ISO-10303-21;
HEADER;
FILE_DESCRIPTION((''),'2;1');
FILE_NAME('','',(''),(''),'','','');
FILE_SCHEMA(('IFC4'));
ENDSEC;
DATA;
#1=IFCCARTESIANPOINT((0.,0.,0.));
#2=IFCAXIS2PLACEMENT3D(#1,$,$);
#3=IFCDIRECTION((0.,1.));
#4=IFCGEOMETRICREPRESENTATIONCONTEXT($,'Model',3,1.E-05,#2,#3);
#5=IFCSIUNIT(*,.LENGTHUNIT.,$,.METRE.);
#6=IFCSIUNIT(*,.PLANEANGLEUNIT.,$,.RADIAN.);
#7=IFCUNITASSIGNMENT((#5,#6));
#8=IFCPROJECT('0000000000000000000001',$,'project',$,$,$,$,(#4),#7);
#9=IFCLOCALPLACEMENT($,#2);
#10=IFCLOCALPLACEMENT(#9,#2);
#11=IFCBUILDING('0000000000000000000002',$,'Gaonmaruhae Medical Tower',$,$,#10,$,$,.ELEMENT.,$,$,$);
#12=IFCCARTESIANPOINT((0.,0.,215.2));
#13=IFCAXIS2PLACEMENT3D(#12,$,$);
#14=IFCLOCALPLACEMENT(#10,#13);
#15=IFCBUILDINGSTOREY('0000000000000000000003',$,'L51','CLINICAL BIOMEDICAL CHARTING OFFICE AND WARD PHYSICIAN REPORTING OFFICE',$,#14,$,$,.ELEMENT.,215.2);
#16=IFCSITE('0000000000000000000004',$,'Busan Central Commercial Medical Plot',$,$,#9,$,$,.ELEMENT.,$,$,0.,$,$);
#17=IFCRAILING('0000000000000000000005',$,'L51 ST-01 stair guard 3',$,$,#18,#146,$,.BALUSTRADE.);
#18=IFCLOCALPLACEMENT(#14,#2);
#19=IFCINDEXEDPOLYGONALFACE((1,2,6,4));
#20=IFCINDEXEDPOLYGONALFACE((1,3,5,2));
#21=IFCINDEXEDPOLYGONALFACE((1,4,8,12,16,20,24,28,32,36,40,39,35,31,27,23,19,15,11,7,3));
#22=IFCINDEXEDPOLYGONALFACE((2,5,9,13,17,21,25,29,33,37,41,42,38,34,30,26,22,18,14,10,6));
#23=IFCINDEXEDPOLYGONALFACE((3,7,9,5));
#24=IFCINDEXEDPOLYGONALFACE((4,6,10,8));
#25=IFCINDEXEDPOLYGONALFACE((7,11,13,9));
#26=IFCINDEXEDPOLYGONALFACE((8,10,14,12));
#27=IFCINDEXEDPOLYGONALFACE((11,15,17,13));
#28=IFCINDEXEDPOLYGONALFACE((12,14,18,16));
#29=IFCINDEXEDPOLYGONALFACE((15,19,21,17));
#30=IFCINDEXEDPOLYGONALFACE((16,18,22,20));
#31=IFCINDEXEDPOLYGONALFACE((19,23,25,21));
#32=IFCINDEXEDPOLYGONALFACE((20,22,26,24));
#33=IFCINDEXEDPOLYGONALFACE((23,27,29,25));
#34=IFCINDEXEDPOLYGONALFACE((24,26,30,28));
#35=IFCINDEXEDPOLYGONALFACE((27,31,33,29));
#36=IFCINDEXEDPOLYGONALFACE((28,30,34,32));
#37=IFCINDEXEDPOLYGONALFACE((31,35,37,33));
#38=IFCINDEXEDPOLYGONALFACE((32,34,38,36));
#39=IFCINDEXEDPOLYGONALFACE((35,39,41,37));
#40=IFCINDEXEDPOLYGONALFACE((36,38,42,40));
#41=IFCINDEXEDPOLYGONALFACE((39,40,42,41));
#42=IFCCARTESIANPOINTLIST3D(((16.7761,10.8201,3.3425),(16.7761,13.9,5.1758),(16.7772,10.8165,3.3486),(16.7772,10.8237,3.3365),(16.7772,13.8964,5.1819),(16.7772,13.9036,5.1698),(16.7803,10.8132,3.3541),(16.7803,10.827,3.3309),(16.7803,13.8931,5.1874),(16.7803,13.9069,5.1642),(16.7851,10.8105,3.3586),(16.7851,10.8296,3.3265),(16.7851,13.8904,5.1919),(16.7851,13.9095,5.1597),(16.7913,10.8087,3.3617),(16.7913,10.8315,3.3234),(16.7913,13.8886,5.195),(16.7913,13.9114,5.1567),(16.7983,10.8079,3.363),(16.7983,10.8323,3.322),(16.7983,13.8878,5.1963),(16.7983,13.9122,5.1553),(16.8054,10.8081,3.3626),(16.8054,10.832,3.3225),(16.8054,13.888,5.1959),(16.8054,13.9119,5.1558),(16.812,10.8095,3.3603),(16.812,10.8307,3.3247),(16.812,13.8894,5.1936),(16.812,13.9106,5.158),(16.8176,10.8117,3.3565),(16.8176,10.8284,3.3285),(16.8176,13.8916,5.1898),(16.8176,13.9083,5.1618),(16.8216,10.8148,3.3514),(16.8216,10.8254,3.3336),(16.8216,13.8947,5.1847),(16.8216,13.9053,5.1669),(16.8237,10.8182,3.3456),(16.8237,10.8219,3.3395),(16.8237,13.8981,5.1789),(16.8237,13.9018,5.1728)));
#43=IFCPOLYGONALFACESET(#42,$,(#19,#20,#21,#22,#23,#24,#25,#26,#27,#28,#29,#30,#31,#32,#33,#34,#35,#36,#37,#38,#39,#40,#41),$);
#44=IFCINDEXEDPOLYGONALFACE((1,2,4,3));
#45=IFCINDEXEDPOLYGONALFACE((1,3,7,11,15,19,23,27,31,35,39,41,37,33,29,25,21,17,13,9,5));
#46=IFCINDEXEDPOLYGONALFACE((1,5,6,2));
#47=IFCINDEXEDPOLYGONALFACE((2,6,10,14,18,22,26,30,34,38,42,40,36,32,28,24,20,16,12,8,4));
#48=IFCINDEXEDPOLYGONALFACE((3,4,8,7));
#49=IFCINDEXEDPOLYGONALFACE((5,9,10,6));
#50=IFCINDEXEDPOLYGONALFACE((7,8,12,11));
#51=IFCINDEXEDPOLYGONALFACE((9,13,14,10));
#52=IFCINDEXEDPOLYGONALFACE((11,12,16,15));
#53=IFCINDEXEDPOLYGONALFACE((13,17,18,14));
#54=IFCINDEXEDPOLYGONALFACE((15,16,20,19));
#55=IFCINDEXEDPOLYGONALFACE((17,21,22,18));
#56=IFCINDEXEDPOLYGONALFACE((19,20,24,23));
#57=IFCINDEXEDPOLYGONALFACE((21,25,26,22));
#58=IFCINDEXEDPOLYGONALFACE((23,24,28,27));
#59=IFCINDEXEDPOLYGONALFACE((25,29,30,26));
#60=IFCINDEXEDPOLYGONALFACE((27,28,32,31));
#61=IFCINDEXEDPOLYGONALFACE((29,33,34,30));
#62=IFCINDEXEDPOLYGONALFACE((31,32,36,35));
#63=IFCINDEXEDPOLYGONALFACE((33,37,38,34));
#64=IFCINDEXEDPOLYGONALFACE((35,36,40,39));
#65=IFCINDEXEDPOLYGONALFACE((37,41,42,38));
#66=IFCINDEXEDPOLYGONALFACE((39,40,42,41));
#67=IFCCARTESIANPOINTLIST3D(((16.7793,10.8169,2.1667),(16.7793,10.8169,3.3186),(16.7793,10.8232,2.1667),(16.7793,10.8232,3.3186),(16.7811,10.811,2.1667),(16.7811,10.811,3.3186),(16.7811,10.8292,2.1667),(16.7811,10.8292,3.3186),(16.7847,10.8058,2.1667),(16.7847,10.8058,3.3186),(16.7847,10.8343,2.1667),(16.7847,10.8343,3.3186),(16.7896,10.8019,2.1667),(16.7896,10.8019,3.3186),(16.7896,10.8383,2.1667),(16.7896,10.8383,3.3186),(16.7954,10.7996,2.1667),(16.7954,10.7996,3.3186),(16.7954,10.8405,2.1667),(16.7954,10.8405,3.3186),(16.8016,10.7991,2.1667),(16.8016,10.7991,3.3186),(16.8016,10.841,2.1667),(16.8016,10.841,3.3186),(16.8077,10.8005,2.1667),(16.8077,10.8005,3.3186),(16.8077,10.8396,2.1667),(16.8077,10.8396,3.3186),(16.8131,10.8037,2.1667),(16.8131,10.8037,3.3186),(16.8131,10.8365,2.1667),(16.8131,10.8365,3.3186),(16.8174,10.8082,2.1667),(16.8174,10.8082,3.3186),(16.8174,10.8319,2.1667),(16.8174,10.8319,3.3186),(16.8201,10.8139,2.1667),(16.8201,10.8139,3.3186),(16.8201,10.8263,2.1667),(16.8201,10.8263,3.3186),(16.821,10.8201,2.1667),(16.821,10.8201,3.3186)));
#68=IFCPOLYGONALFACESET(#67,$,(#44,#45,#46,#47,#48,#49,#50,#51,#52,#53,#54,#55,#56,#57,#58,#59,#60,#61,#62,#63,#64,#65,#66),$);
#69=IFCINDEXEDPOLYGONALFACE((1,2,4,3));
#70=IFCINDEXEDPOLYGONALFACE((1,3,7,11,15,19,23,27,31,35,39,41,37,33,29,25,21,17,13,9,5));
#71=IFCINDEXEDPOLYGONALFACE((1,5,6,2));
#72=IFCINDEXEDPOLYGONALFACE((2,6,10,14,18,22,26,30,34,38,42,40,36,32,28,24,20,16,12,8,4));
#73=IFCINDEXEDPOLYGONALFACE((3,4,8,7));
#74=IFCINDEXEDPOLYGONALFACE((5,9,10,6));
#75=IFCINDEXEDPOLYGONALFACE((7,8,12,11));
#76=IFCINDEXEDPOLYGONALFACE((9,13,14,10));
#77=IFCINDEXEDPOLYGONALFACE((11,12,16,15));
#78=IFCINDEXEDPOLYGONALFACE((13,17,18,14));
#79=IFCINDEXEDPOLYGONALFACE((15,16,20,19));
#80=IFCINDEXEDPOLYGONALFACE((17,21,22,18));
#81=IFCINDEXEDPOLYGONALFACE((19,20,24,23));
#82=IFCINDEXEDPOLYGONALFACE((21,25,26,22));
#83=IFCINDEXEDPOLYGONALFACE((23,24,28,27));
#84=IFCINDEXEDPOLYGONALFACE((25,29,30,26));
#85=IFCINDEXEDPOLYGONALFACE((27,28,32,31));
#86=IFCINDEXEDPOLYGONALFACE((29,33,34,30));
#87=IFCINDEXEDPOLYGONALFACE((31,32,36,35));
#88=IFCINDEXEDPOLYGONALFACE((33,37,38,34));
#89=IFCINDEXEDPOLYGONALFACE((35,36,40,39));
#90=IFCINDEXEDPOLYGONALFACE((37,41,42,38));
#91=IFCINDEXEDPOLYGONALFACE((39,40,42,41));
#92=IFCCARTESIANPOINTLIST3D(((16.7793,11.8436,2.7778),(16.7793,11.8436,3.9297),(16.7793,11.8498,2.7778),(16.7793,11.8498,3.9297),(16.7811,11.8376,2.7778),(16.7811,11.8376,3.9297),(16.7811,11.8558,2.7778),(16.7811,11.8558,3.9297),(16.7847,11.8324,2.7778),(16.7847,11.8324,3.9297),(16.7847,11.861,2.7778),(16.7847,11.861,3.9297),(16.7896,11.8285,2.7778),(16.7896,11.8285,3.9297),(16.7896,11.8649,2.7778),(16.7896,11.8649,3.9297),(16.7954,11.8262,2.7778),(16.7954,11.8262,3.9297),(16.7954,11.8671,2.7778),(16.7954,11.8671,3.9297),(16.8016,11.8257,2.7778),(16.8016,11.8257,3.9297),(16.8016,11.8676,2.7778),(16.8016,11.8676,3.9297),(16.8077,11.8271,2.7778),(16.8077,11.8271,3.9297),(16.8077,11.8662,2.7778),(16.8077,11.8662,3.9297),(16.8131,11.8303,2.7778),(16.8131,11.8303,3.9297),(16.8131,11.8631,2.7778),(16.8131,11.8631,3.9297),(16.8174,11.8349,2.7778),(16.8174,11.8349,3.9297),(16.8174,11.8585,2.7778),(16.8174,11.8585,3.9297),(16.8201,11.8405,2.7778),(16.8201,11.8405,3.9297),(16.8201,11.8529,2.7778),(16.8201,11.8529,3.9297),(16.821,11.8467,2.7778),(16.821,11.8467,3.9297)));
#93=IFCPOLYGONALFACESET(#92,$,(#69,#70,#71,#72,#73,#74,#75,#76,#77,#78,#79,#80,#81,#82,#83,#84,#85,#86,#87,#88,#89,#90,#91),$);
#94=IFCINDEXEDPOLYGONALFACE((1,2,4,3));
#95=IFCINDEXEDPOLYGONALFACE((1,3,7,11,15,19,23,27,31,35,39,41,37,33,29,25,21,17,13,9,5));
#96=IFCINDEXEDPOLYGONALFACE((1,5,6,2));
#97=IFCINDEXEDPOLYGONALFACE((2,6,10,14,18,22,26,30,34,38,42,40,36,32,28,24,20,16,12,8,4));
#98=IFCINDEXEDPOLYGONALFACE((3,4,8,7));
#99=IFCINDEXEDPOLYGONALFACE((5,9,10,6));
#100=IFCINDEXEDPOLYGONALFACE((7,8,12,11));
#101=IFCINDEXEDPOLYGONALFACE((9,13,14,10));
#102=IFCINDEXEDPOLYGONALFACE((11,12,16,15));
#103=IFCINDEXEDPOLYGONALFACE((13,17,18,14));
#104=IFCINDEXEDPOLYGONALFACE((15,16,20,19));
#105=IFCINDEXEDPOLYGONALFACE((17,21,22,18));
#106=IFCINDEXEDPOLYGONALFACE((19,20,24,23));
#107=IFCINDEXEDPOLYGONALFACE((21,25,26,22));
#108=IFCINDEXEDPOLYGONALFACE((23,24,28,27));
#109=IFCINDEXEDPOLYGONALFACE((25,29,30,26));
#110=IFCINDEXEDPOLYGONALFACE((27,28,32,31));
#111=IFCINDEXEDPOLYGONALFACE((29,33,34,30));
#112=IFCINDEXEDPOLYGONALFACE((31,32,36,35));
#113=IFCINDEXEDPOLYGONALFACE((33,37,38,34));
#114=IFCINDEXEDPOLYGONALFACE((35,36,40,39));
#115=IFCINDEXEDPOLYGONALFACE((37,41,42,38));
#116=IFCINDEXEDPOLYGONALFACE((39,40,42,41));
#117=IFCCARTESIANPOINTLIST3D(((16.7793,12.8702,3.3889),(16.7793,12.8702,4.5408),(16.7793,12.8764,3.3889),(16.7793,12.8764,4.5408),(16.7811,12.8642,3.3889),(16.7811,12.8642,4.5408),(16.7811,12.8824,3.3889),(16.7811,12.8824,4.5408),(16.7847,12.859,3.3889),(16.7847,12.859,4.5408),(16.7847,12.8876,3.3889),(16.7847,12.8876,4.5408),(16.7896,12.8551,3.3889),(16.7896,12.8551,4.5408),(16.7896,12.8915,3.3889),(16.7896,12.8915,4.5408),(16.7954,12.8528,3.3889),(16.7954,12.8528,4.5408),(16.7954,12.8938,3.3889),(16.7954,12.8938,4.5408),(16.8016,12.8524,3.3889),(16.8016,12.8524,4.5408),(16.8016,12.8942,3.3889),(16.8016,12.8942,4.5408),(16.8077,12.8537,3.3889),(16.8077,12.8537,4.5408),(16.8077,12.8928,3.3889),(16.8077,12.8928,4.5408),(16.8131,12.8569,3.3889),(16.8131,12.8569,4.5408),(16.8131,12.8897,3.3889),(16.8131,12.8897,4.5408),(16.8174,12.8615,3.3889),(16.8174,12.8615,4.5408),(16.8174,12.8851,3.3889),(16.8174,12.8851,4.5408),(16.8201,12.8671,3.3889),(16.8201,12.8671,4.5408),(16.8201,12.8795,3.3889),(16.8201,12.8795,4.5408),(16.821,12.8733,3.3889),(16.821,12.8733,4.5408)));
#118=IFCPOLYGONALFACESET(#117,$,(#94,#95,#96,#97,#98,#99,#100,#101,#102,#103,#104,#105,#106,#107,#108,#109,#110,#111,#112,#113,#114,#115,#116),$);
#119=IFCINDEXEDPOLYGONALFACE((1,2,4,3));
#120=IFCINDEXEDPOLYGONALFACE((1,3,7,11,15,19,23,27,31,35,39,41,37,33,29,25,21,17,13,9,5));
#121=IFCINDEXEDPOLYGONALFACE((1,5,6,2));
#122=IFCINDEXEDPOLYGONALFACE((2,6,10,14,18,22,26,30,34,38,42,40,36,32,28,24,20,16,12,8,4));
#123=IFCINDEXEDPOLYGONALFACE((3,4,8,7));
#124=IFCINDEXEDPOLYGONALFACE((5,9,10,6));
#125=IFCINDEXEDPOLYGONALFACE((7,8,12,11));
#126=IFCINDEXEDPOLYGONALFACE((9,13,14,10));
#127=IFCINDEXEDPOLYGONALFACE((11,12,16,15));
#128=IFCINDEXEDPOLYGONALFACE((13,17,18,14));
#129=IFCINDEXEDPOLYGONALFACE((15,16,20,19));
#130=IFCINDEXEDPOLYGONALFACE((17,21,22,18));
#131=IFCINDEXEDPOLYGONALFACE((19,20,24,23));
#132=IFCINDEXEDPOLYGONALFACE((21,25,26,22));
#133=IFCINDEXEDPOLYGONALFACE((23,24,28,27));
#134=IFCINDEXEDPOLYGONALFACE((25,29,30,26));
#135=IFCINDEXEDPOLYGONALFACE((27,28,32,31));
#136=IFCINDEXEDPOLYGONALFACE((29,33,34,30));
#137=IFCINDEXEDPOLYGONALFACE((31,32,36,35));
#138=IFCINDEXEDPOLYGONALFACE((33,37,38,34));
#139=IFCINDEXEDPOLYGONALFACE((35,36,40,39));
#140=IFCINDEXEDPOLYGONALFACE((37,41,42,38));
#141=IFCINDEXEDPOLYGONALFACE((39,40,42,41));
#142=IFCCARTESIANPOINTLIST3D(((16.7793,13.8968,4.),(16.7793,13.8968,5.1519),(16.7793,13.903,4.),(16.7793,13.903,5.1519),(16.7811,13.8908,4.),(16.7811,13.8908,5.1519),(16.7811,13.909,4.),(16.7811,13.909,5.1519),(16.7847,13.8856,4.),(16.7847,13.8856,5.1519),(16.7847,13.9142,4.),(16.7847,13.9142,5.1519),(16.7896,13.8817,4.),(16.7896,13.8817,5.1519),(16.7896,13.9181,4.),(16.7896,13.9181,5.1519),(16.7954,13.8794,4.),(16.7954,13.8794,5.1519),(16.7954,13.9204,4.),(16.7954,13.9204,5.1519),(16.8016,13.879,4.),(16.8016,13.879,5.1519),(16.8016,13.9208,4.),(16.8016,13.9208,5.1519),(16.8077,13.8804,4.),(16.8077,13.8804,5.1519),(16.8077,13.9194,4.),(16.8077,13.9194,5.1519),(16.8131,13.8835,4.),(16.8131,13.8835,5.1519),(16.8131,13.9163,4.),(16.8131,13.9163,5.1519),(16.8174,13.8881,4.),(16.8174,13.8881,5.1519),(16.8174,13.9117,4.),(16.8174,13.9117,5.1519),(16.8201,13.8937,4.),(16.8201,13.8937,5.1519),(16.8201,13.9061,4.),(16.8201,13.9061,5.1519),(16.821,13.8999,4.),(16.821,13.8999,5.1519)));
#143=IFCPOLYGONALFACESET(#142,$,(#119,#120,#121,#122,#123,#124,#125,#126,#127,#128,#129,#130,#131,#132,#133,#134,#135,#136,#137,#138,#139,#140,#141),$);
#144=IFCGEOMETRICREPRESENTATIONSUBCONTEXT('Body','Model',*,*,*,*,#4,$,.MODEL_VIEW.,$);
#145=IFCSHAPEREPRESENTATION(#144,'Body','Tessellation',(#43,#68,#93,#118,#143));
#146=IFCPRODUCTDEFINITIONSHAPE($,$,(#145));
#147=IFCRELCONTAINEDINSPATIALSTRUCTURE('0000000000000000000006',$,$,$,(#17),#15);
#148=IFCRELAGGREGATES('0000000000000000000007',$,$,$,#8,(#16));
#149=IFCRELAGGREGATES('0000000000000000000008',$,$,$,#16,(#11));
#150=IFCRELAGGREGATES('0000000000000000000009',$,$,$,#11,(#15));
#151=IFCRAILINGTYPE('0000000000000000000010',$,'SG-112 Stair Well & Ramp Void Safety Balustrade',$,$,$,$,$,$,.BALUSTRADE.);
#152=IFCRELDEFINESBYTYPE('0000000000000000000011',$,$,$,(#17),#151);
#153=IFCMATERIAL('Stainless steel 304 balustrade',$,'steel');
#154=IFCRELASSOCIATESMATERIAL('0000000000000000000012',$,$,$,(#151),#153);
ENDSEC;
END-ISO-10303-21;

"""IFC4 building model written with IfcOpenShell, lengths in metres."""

from ifc_helpers import new_model, si_unit, direction, frame, origin, origin_2d, place, context, subcontext, project, spatial, circle, extrude, material, type_object, element, save


model = new_model("IFC4")

# Units and contexts
model_context = context("Model", 3, precision=1e-05, world=origin(), true_north=direction((0.0, 1.0)))
body_context = subcontext(model_context, "Body", "Model", "MODEL_VIEW")
ifc_project = project(units=[si_unit("LENGTHUNIT", "METRE"), si_unit("PLANEANGLEUNIT", "RADIAN")], contexts=[model_context])

# Site, building, storey
site_placement = place(None, origin())
site = spatial("IfcSite", under=ifc_project, at=site_placement, Name="Busan Central Commercial Medical Plot", CompositionType="ELEMENT", RefElevation=0.0)
building_placement = place(site_placement, origin())
building = spatial("IfcBuilding", under=site, at=building_placement, Name="Gaonmaruhae Medical Tower", CompositionType="ELEMENT")
storey_placement = place(building_placement, frame((0.0, 0.0, 215.2)))
storey = spatial("IfcBuildingStorey", under=building, at=storey_placement, Name="L51", Description="CLINICAL BIOMEDICAL CHARTING OFFICE AND WARD PHYSICIAN REPORTING OFFICE", CompositionType="ELEMENT", Elevation=215.2)

# Railing
ifc_material_1 = material(Name="Stainless steel 304 balustrade", Category="steel")
railing_type_1 = type_object("IfcRailingType", Name="SG-112 Stair Well & Ramp Void Safety Balustrade", PredefinedType="BALUSTRADE", material=ifc_material_1)
railing_1_placement = place(storey_placement, frame((16.8, 10.8201, 2.1667)))
element("IfcRailing", 1, at=railing_1_placement, inside=storey, type_object=railing_type_1, Name="L51 ST-01 stair guard 3", PredefinedType="BALUSTRADE", context=body_context, shape_type="SweptSolid", body=[
    extrude(circle(Radius=0.0239, at=origin_2d()), frame((0.0, 0.0, 1.1758), z_axis=(0.0, 0.859291, 0.511487), x_axis=(-1.0, 0.0, 0.0)), (0.0, 0.0, 1.0), 3.5842),
    extrude(circle(Radius=0.021, at=origin_2d()), origin(), (0.0, 0.0, 1.0), 1.1519),
    extrude(circle(Radius=0.021, at=origin_2d()), frame((0.0, 1.0266, 0.6111)), (0.0, 0.0, 1.0), 1.1519),
    extrude(circle(Radius=0.021, at=origin_2d()), frame((0.0, 2.0532, 1.2222)), (0.0, 0.0, 1.0), 1.1519),
    extrude(circle(Radius=0.021, at=origin_2d()), frame((0.0, 3.0798, 1.8333)), (0.0, 0.0, 1.0), 1.1519),
])

save(model, "model.ifc")
